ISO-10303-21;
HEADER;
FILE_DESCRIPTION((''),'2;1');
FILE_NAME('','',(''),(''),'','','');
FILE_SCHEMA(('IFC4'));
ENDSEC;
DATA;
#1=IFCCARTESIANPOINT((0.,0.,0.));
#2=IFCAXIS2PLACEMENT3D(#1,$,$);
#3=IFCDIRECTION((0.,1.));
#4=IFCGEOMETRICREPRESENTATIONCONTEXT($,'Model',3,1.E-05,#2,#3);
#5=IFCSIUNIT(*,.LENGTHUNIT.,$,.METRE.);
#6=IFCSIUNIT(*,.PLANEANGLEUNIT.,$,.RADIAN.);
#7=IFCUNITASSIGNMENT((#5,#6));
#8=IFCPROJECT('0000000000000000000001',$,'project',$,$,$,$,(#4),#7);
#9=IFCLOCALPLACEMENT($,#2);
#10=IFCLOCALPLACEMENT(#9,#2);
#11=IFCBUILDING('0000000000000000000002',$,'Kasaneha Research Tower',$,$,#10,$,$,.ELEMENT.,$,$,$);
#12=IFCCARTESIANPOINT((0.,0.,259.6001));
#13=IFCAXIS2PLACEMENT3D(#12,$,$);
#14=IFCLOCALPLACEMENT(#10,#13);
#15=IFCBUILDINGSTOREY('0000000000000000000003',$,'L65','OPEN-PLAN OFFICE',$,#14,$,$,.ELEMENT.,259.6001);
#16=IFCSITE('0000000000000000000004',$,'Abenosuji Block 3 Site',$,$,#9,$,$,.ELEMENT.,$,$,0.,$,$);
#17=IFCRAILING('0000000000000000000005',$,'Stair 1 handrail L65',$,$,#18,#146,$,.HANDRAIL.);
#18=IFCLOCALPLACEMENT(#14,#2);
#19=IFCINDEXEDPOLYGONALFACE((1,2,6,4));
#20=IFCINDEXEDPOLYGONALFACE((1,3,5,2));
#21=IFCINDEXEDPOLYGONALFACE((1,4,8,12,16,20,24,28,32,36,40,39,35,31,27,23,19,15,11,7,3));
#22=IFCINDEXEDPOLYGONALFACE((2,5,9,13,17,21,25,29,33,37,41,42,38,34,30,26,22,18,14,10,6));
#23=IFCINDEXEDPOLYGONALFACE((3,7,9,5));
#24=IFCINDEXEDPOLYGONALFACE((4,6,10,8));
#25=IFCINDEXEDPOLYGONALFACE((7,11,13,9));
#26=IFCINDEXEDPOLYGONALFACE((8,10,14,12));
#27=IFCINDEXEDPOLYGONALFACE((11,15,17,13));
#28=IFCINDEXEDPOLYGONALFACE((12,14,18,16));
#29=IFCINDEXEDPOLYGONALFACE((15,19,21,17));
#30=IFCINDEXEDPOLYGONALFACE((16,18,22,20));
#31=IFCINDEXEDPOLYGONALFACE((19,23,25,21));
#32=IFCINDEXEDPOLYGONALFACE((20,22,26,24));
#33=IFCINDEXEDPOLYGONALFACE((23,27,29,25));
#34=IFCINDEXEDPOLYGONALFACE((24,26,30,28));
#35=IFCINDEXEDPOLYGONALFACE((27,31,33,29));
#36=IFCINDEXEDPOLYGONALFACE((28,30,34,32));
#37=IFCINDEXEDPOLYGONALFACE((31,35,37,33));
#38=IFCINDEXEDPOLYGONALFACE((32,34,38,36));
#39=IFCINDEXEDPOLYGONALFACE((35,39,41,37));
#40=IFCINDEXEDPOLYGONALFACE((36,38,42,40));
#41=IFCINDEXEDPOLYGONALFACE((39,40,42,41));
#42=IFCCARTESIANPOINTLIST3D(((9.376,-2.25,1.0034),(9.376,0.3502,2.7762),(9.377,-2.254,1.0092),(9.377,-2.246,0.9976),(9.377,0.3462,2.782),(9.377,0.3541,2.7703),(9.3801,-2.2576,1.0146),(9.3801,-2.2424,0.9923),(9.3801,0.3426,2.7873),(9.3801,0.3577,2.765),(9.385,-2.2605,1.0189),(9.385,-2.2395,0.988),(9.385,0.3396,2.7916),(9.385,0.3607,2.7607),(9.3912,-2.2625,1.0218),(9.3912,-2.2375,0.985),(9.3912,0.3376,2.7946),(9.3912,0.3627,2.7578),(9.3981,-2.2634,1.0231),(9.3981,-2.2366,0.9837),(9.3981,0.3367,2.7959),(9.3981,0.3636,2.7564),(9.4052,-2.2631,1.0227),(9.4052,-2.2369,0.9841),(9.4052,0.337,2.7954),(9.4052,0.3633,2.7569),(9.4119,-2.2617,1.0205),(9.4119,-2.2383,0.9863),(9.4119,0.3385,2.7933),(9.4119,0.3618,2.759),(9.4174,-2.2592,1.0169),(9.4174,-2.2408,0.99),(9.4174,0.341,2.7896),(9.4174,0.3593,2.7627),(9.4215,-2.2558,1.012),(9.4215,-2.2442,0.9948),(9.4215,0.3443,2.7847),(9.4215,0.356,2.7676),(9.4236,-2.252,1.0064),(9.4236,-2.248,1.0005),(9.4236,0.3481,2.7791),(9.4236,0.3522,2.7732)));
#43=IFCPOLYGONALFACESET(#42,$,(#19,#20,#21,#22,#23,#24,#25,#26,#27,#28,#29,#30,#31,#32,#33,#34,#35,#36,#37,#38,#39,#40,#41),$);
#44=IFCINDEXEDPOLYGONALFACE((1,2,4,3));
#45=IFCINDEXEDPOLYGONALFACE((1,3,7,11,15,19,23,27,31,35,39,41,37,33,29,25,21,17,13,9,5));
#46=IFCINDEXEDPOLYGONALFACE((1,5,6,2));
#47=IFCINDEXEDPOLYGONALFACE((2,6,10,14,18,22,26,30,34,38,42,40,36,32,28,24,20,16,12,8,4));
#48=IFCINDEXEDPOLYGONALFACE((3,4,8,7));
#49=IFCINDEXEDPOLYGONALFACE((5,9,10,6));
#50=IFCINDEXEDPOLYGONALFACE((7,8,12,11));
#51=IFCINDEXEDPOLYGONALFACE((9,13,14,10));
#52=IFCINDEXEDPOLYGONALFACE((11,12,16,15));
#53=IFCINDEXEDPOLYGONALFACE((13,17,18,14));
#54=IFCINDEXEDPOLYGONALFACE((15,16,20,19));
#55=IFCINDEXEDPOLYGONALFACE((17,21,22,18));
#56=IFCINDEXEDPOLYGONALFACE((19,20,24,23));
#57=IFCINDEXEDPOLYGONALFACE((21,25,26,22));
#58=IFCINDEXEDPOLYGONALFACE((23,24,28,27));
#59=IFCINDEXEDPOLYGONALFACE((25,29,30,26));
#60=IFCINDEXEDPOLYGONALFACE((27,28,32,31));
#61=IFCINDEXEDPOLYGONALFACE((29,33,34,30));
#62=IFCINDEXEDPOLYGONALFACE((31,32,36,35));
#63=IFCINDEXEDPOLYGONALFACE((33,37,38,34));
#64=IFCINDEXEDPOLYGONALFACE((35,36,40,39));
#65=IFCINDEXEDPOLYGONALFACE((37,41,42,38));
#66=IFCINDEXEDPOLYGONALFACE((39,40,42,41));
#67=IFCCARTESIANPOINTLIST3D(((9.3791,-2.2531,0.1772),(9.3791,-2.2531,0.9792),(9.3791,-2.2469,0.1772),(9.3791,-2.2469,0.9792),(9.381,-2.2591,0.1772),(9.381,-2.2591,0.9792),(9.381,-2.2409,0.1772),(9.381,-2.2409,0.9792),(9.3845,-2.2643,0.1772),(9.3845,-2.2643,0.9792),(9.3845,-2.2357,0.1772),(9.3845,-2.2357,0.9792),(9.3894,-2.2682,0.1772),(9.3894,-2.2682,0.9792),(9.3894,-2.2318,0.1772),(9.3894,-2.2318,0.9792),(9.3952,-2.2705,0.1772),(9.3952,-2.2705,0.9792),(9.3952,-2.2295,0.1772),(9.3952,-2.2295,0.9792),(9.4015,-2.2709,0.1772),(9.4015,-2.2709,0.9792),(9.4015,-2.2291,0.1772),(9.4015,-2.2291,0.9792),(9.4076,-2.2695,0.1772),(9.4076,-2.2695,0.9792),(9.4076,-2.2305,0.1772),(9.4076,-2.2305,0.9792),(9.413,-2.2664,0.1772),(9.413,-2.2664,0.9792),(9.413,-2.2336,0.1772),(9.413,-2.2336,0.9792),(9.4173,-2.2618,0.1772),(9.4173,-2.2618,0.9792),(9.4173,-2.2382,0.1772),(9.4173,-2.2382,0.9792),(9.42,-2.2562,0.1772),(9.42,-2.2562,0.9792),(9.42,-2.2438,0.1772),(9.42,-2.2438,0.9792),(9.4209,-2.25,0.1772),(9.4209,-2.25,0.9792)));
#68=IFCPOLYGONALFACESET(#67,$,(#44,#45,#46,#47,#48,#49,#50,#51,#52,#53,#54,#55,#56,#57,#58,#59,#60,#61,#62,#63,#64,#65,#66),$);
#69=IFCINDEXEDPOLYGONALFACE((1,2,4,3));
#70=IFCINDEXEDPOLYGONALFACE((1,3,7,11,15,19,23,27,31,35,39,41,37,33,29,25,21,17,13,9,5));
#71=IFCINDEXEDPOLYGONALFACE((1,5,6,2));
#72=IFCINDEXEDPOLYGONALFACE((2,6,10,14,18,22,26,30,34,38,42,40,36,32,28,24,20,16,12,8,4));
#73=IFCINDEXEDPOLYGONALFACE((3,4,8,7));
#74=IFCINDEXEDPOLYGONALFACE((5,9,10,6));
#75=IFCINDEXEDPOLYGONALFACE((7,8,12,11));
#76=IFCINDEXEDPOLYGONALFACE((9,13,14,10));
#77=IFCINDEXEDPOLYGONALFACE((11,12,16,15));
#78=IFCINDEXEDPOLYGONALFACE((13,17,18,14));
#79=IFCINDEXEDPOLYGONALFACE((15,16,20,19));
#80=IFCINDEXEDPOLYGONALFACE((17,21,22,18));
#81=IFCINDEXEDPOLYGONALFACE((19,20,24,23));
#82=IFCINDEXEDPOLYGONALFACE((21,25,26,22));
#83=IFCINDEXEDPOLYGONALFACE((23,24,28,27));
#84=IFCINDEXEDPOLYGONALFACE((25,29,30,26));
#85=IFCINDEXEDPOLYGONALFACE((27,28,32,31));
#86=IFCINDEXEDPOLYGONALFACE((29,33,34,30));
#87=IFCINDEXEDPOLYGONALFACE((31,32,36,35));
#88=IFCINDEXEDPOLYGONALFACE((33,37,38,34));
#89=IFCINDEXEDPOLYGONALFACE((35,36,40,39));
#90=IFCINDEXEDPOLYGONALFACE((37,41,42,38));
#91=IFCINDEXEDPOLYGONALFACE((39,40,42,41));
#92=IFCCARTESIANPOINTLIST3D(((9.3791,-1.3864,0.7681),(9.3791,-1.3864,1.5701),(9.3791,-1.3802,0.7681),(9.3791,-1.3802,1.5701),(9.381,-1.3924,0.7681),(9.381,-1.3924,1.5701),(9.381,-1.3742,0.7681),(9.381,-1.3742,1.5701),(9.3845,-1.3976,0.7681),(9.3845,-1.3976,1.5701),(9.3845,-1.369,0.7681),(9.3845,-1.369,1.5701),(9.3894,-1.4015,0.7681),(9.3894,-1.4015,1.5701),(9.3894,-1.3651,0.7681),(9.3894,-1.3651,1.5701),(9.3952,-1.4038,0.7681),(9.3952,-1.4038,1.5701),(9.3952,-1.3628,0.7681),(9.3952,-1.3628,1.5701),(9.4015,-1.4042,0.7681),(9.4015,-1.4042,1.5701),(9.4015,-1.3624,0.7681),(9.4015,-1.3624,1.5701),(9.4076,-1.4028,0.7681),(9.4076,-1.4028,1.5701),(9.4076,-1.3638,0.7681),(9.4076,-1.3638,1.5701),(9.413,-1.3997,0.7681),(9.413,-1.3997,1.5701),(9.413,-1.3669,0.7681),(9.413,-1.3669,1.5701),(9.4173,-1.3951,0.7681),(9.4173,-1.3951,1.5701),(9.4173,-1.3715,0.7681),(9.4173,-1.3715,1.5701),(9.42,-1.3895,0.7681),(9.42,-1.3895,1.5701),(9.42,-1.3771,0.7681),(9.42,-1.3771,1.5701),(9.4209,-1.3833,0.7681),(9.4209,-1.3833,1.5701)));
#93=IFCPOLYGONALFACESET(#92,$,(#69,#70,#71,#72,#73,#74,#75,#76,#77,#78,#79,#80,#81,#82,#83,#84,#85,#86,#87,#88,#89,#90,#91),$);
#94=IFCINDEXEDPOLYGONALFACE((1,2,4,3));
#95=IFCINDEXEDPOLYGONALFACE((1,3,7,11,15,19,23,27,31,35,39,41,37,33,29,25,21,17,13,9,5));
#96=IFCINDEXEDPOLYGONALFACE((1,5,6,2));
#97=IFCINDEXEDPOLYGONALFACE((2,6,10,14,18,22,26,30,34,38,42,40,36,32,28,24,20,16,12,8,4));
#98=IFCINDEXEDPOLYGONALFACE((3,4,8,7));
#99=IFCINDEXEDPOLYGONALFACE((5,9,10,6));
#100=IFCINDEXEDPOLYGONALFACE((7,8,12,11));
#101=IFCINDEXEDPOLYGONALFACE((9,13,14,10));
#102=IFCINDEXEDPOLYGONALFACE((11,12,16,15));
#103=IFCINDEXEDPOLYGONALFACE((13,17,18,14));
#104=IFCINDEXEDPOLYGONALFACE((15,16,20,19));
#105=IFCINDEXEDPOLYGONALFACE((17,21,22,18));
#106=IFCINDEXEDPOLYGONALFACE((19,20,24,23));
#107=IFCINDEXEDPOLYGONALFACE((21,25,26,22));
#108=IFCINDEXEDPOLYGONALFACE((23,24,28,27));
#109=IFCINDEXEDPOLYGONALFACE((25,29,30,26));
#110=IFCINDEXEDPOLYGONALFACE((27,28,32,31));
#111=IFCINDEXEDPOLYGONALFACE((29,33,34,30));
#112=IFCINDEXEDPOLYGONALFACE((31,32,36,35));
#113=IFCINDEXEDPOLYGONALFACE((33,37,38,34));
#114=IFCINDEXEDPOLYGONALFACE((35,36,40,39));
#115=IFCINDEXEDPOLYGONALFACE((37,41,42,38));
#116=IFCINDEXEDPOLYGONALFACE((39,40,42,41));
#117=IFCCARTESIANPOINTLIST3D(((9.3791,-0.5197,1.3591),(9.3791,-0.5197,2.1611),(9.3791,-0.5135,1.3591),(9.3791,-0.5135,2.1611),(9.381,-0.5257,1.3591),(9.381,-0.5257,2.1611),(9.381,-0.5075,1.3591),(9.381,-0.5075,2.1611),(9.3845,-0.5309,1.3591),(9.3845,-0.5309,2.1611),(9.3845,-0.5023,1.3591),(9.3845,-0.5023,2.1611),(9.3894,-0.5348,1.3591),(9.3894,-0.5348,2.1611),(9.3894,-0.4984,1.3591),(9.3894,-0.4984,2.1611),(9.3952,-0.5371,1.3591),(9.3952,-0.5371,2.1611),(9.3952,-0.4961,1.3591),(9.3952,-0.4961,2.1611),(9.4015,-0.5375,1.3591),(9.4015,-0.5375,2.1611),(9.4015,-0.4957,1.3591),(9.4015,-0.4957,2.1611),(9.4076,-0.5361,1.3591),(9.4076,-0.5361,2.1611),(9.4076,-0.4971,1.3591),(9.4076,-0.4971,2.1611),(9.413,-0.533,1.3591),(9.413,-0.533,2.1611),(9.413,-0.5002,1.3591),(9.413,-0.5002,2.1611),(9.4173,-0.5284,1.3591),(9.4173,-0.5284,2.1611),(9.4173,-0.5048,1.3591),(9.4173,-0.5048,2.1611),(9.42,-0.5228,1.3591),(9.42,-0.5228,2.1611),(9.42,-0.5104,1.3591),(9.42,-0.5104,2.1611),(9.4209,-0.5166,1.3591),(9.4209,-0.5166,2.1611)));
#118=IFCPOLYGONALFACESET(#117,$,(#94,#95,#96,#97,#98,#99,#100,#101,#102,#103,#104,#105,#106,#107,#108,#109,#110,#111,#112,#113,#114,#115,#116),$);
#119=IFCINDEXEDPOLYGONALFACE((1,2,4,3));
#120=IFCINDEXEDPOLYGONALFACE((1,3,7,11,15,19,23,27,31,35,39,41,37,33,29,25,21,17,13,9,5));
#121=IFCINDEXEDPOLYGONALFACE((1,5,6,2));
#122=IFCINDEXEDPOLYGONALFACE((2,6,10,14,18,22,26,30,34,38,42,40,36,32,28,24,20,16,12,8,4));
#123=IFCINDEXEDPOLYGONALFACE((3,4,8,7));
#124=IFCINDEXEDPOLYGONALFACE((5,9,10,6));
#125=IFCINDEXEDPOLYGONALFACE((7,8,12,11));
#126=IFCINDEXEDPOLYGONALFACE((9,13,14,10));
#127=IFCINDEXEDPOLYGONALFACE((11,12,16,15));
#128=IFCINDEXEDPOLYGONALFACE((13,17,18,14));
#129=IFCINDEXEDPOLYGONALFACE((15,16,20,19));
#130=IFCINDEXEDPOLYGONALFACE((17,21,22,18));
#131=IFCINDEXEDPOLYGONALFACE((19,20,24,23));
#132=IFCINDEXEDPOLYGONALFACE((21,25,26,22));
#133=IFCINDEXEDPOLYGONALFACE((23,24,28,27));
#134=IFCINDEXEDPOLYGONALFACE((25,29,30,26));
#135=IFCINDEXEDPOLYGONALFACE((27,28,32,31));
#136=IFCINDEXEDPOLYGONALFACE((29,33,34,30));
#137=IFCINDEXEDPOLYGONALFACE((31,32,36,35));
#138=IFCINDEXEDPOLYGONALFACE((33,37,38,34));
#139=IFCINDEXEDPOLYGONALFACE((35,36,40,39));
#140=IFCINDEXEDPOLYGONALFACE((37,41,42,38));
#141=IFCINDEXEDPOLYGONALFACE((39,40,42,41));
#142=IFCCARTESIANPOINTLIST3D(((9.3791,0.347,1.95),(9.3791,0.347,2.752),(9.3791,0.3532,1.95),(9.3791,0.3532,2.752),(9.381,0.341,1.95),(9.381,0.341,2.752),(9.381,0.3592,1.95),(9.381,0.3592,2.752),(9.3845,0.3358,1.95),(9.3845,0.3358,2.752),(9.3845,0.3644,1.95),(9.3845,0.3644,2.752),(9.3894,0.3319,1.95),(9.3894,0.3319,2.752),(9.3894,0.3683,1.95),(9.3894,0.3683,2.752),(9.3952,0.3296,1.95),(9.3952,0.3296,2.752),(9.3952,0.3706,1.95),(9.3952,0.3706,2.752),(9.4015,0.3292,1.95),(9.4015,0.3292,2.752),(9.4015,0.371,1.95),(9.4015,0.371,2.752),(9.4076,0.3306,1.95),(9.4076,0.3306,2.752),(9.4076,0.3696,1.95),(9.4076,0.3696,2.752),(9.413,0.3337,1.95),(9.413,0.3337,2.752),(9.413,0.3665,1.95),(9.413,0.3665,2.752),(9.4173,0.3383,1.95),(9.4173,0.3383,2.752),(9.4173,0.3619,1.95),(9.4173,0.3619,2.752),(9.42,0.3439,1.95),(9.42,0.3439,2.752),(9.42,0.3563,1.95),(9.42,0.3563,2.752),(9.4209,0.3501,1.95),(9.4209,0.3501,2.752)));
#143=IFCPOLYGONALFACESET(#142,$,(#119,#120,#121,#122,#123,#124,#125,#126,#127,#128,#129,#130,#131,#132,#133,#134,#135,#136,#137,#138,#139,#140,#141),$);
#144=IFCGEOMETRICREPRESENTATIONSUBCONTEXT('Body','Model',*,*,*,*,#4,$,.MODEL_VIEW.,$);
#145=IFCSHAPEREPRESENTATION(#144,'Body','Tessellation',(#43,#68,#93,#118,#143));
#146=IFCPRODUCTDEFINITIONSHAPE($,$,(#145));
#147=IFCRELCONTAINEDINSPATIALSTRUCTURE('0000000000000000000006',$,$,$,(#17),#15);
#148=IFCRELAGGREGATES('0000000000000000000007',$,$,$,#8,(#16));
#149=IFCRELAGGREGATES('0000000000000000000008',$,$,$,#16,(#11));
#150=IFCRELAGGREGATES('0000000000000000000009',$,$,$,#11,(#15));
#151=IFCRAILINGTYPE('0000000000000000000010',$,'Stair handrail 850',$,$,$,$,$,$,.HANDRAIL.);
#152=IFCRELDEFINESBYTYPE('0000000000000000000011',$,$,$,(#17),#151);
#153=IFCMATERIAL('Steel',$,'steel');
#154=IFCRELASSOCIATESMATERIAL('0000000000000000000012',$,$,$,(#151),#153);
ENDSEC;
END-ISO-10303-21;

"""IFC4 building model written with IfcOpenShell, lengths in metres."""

from ifc_helpers import new_model, si_unit, direction, frame, origin, origin_2d, place, context, subcontext, project, spatial, circle, extrude, material, type_object, element, save


model = new_model("IFC4")

# Units and contexts
model_context = context("Model", 3, precision=1e-05, world=origin(), true_north=direction((0.0, 1.0)))
body_context = subcontext(model_context, "Body", "Model", "MODEL_VIEW")
ifc_project = project(units=[si_unit("LENGTHUNIT", "METRE"), si_unit("PLANEANGLEUNIT", "RADIAN")], contexts=[model_context])

# Site, building, storey
site_placement = place(None, origin())
site = spatial("IfcSite", under=ifc_project, at=site_placement, Name="Abenosuji Block 3 Site", CompositionType="ELEMENT", RefElevation=0.0)
building_placement = place(site_placement, origin())
building = spatial("IfcBuilding", under=site, at=building_placement, Name="Kasaneha Research Tower", CompositionType="ELEMENT")
storey_placement = place(building_placement, frame((0.0, 0.0, 259.6001)))
storey = spatial("IfcBuildingStorey", under=building, at=storey_placement, Name="L65", Description="OPEN-PLAN OFFICE", CompositionType="ELEMENT", Elevation=259.6001)

# Railing
ifc_material_1 = material(Name="Steel", Category="steel")
railing_type_1 = type_object("IfcRailingType", Name="Stair handrail 850", PredefinedType="HANDRAIL", material=ifc_material_1)
railing_1_placement = place(storey_placement, frame((9.3999, -2.25, 0.1772)))
element("IfcRailing", 1, at=railing_1_placement, inside=storey, type_object=railing_type_1, Name="Stair 1 handrail L65", PredefinedType="HANDRAIL", context=body_context, shape_type="SweptSolid", body=[
    extrude(circle(Radius=0.0239, at=origin_2d()), frame((0.0, 0.0, 0.8262), z_axis=(0.0, 0.82624, 0.563318), x_axis=(-1.0, 0.0, 0.0)), (0.0, 0.0, 1.0), 3.147),
    extrude(circle(Radius=0.021, at=origin_2d()), origin(), (0.0, 0.0, 1.0), 0.802),
    extrude(circle(Radius=0.021, at=origin_2d()), frame((0.0, 0.8667, 0.5908)), (0.0, 0.0, 1.0), 0.802),
    extrude(circle(Radius=0.021, at=origin_2d()), frame((0.0, 1.7334, 1.1819)), (0.0, 0.0, 1.0), 0.802),
    extrude(circle(Radius=0.021, at=origin_2d()), frame((0.0, 2.6001, 1.7727)), (0.0, 0.0, 1.0), 0.802),
])

save(model, "model.ifc")
